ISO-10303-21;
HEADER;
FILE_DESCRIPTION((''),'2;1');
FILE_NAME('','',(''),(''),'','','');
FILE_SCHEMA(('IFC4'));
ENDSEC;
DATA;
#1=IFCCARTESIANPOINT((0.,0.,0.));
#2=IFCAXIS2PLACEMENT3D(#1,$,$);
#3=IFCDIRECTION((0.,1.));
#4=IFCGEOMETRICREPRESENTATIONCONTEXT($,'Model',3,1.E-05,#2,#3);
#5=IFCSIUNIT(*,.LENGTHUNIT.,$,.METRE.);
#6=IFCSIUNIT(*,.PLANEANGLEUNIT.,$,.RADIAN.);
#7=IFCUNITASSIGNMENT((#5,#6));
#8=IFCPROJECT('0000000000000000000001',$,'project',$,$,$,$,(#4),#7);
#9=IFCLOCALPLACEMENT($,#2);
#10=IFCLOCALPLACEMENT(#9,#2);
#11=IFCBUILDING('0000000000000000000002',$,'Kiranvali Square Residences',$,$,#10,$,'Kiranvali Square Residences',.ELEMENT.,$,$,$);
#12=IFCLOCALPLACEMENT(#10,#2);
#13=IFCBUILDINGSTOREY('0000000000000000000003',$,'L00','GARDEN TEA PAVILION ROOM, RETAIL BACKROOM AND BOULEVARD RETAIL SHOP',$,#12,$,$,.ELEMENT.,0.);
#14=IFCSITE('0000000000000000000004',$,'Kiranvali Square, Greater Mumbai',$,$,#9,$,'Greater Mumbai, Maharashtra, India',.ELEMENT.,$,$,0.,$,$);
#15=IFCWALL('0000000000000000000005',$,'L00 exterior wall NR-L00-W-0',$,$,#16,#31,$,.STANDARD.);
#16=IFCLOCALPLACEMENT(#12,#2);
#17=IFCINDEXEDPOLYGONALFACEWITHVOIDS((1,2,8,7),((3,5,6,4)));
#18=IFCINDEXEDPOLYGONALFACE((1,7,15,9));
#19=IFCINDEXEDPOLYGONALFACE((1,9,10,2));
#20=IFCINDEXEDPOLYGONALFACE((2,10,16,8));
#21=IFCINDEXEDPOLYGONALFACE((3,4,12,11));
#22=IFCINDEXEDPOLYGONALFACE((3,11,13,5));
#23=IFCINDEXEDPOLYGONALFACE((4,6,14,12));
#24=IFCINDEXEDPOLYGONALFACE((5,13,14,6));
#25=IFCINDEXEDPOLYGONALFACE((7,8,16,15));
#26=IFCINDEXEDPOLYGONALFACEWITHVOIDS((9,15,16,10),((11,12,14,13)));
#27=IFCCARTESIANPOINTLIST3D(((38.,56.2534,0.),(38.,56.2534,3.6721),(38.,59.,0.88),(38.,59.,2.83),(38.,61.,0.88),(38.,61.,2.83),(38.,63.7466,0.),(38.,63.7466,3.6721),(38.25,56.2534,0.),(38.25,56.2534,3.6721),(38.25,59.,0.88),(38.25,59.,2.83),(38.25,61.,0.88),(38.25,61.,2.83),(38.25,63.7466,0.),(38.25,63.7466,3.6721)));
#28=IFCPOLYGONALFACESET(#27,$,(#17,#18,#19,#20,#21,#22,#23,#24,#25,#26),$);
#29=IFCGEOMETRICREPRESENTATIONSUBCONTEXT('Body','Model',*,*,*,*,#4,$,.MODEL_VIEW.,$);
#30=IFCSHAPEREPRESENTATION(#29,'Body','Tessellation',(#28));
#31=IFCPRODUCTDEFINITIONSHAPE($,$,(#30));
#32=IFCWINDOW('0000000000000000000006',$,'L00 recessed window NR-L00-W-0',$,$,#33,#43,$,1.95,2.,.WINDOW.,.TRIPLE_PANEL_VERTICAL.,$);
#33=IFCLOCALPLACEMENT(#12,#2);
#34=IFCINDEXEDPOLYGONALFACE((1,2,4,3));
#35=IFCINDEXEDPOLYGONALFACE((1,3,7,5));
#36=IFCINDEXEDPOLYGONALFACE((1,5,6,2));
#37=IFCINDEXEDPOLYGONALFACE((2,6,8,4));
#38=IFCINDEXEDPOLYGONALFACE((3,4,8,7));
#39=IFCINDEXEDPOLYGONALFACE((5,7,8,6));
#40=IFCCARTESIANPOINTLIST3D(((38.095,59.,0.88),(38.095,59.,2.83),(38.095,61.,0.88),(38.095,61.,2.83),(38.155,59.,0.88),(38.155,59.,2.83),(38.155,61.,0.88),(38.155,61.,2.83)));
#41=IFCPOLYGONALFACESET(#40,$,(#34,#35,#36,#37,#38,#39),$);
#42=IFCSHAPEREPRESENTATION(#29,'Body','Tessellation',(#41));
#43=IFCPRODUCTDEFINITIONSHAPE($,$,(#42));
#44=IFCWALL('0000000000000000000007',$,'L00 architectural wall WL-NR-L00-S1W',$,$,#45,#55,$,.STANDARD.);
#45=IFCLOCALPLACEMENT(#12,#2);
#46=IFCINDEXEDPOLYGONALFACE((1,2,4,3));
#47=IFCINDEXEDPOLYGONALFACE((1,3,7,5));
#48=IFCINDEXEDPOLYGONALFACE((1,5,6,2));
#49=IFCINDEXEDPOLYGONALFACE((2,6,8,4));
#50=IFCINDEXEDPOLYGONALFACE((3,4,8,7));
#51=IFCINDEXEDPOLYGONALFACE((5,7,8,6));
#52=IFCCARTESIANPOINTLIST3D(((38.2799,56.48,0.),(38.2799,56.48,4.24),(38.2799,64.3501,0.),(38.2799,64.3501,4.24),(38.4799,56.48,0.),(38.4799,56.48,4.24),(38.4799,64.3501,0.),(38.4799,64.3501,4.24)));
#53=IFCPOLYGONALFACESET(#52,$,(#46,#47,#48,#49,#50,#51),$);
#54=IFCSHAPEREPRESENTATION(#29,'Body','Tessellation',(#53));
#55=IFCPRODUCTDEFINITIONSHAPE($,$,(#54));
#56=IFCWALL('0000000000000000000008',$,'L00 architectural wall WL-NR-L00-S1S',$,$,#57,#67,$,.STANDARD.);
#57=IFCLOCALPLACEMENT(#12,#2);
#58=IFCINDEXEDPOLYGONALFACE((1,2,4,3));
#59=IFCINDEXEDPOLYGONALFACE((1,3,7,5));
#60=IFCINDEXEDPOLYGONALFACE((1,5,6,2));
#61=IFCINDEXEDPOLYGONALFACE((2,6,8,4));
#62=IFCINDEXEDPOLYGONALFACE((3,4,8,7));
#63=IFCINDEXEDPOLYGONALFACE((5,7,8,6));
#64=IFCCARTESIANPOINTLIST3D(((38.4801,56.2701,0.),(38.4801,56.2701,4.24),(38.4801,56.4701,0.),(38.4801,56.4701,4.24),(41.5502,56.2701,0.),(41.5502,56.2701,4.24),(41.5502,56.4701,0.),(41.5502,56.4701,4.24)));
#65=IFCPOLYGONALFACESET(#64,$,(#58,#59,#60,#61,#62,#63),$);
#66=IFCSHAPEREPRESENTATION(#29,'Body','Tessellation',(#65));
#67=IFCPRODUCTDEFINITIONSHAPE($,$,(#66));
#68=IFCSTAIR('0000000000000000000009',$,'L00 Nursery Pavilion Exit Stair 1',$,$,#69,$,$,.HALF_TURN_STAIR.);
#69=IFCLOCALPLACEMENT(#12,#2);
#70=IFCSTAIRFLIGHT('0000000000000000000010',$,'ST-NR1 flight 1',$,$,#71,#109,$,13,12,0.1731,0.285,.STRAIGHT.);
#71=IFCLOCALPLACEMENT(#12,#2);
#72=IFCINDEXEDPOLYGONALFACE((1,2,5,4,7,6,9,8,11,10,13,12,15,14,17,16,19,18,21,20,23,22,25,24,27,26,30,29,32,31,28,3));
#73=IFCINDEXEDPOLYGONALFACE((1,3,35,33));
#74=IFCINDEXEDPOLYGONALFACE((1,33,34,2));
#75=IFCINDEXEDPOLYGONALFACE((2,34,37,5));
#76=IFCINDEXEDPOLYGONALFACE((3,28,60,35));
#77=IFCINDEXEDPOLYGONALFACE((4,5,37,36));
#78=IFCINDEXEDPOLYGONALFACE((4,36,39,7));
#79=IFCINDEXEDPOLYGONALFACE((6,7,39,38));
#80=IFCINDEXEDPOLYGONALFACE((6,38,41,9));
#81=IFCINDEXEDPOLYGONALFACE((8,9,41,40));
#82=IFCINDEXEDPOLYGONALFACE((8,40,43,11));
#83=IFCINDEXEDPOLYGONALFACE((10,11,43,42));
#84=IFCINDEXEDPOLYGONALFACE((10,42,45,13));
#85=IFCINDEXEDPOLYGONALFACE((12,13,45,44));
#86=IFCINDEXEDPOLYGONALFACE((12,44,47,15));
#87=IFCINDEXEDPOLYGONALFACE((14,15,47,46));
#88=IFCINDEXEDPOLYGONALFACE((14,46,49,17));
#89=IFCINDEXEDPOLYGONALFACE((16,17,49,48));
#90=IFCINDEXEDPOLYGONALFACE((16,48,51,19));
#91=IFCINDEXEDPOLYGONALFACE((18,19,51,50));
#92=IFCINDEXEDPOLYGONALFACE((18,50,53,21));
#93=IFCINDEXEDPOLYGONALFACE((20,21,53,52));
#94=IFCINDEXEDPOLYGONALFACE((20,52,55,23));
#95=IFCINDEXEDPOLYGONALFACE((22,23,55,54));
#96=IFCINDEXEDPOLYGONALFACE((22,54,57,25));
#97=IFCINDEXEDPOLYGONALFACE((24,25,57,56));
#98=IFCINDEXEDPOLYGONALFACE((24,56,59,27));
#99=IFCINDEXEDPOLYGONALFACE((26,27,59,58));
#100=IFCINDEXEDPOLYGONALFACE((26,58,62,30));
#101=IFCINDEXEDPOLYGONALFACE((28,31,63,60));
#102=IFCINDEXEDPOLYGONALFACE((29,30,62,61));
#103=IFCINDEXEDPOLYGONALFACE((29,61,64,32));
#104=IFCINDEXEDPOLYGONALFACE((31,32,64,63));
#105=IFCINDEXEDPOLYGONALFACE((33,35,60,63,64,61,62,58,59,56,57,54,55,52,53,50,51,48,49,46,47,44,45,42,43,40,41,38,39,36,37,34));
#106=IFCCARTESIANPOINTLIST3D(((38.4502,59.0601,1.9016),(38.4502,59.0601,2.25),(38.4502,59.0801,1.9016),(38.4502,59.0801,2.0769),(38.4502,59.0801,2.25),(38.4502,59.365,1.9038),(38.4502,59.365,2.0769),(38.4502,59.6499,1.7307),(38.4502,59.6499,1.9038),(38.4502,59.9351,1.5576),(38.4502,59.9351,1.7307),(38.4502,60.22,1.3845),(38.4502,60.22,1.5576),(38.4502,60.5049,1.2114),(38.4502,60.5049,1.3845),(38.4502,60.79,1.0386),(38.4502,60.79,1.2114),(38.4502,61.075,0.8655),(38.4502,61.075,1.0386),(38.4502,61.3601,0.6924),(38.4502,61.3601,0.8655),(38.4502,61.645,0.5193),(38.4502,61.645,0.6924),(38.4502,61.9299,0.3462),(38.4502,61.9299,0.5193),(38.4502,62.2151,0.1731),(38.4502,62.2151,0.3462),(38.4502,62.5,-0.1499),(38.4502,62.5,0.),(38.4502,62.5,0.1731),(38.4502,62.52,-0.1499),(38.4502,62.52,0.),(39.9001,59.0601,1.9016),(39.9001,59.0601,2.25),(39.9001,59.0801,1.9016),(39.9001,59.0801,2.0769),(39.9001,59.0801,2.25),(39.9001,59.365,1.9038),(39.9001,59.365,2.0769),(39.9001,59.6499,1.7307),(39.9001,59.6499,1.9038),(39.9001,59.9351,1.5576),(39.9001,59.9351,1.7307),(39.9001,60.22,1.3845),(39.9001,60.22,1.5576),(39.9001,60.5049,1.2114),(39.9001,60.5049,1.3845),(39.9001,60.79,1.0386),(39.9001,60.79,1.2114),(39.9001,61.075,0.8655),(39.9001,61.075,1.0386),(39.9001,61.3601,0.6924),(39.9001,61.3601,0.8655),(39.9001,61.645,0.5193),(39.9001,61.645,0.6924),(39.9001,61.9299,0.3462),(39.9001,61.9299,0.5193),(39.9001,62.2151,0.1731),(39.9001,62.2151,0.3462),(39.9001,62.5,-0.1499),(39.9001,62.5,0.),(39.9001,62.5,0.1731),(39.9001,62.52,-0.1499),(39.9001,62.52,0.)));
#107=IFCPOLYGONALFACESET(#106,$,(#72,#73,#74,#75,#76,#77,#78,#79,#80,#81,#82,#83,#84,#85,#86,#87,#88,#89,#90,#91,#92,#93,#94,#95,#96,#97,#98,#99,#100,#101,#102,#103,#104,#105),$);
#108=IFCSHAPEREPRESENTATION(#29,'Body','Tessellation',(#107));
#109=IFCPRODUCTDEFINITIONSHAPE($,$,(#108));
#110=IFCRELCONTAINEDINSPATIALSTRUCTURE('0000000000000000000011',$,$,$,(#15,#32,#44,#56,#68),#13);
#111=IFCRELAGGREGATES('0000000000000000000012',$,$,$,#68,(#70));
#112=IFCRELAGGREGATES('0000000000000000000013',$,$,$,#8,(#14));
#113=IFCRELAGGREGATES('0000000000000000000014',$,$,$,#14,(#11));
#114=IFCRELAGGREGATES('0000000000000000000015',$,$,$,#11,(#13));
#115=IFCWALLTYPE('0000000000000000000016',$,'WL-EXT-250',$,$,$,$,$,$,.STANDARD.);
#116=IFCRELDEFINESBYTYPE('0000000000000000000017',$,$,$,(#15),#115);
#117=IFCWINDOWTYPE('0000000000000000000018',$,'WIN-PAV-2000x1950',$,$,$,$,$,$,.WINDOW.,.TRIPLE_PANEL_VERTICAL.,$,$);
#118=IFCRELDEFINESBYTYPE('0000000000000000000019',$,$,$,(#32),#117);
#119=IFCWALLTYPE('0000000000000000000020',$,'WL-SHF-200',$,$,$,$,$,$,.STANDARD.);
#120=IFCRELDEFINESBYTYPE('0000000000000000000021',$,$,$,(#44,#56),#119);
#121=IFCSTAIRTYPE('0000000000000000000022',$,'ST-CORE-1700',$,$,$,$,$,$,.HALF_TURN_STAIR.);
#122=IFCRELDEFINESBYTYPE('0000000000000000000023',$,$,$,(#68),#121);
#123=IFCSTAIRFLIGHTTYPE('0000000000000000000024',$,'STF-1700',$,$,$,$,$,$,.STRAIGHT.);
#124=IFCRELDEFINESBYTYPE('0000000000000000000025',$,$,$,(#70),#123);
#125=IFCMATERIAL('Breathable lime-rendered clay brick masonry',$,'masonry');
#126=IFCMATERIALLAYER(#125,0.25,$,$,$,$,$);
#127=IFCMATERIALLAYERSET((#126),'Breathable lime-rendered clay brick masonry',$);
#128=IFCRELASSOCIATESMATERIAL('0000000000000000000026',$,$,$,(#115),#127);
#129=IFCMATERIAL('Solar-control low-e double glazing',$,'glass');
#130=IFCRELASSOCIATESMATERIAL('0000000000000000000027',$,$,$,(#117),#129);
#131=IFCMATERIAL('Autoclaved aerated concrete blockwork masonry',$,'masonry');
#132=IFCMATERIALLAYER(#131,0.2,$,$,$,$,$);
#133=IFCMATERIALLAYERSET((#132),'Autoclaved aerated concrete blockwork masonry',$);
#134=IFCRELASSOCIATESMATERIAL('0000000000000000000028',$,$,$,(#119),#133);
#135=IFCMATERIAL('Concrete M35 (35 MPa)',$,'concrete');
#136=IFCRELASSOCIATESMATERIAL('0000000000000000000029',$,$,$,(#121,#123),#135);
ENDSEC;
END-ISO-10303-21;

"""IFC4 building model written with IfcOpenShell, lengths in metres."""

from ifc_helpers import new_model, si_unit, direction, frame, frame_2d, origin, place, context, subcontext, project, spatial, polyline, rectangle, outline, extrude, material, layer, layer_set, type_object, element, fill, aggregate, save


model = new_model("IFC4")

# Units and contexts
model_context = context("Model", 3, precision=1e-05, world=origin(), true_north=direction((0.0, 1.0)))
body_context = subcontext(model_context, "Body", "Model", "MODEL_VIEW")
ifc_project = project(units=[si_unit("LENGTHUNIT", "METRE"), si_unit("PLANEANGLEUNIT", "RADIAN")], contexts=[model_context])

# Site, building, storey
site_placement = place(None, origin())
site = spatial("IfcSite", under=ifc_project, at=site_placement, Name="Kiranvali Square, Greater Mumbai", LongName="Greater Mumbai, Maharashtra, India", CompositionType="ELEMENT", RefElevation=0.0)
building_placement = place(site_placement, origin())
building = spatial("IfcBuilding", under=site, at=building_placement, Name="Kiranvali Square Residences", LongName="Kiranvali Square Residences", CompositionType="ELEMENT")
storey_placement = place(building_placement, origin())
storey = spatial("IfcBuildingStorey", under=building, at=storey_placement, Name="L00", Description="GARDEN TEA PAVILION ROOM, RETAIL BACKROOM AND BOULEVARD RETAIL SHOP", CompositionType="ELEMENT", Elevation=0.0)

# Wall, opening, window
ifc_material_1 = material(Name="Breathable lime-rendered clay brick masonry", Category="masonry")
ifc_layer_1 = layer(ifc_material_1, 0.25)
ifc_layer_set_1 = layer_set([ifc_layer_1], Name="Breathable lime-rendered clay brick masonry")
wall_type_1 = type_object("IfcWallType", Name="WL-EXT-250", PredefinedType="STANDARD", material=ifc_layer_set_1)
ifc_material_2 = material(Name="Solar-control low-e double glazing", Category="glass")
wall_1_placement = place(storey_placement, frame((38.125, 56.2534, 0.0), z_axis=(0.0, 0.0, 1.0), x_axis=(0.0, 1.0, 0.0)))
wall_1 = element("IfcWall", 1, at=wall_1_placement, inside=storey, type_object=wall_type_1, Name="L00 exterior wall NR-L00-W-0", PredefinedType="STANDARD", context=body_context, shape_type="SweptSolid", body=[
    extrude(rectangle(XDim=7.4932, YDim=0.25, at=frame_2d((3.7466, 0.0))), origin(), (0.0, 0.0, 1.0), 3.6721),
])
opening_1_placement = place(wall_1_placement, frame((2.7466, 0.0, 0.8799)))
opening_1 = element("IfcOpeningElement", 2, at=opening_1_placement, cuts=wall_1, PredefinedType="OPENING", context=body_context, shape_type="SweptSolid", body=[
    extrude(rectangle(XDim=2.0, YDim=1.95, at=frame_2d((1.0, 0.9751))), frame((0.0, 0.135, 0.0), z_axis=(0.0, -1.0, 0.0), x_axis=(1.0, 0.0, 0.0)), (0.0, 0.0, 1.0), 0.27),
])
window_type_1 = type_object("IfcWindowType", Name="WIN-PAV-2000x1950", PartitioningType="TRIPLE_PANEL_VERTICAL", PredefinedType="WINDOW", material=ifc_material_2)
window_1_placement = place(opening_1_placement, origin())
window_1 = element("IfcWindow", 3, at=window_1_placement, inside=storey, type_object=window_type_1, Name="L00 recessed window NR-L00-W-0", OverallHeight=1.95, OverallWidth=2.0, PartitioningType="TRIPLE_PANEL_VERTICAL", PredefinedType="WINDOW", context=body_context, shape_type="SweptSolid", body=[
    extrude(rectangle(XDim=2.0, YDim=1.95, at=frame_2d((1.0, 0.9751))), frame((0.0, 0.03, 0.0), z_axis=(0.0, -1.0, 0.0), x_axis=(1.0, 0.0, 0.0)), (0.0, 0.0, 1.0), 0.0601),
])
fill(opening_1, window_1)

# Walls
ifc_material_3 = material(Name="Autoclaved aerated concrete blockwork masonry", Category="masonry")
ifc_layer_2 = layer(ifc_material_3, 0.2)
ifc_layer_set_2 = layer_set([ifc_layer_2], Name="Autoclaved aerated concrete blockwork masonry")
wall_type_2 = type_object("IfcWallType", Name="WL-SHF-200", PredefinedType="STANDARD", material=ifc_layer_set_2)
wall_2_placement = place(storey_placement, frame((38.3799, 56.48, 0.0), z_axis=(0.0, 0.0, 1.0), x_axis=(0.0, 1.0, 0.0)))
element("IfcWall", 4, at=wall_2_placement, inside=storey, type_object=wall_type_2, Name="L00 architectural wall WL-NR-L00-S1W", PredefinedType="STANDARD", context=body_context, shape_type="SweptSolid", body=[
    extrude(rectangle(XDim=7.8701, YDim=0.2, at=frame_2d((3.9351, 0.0))), origin(), (0.0, 0.0, 1.0), 4.24),
])
wall_3_placement = place(storey_placement, frame((38.48, 56.3701, 0.0), z_axis=(0.0, 0.0, 1.0), x_axis=(1.0, 0.0, 0.0)))
element("IfcWall", 5, at=wall_3_placement, inside=storey, type_object=wall_type_2, Name="L00 architectural wall WL-NR-L00-S1S", PredefinedType="STANDARD", context=body_context, shape_type="SweptSolid", body=[
    extrude(rectangle(XDim=3.0701, YDim=0.2, at=frame_2d((1.5352, 0.0))), origin(), (0.0, 0.0, 1.0), 4.24),
])

# Stair, stair flight
ifc_material_4 = material(Name="Concrete M35 (35 MPa)", Category="concrete")
stair_type = type_object("IfcStairType", Name="ST-CORE-1700", PredefinedType="HALF_TURN_STAIR", material=ifc_material_4)
stair_placement = place(storey_placement, origin())
stair = element("IfcStair", 6, at=stair_placement, inside=storey, type_object=stair_type, Name="L00 Nursery Pavilion Exit Stair 1", PredefinedType="HALF_TURN_STAIR")
stair_flight_type = type_object("IfcStairFlightType", Name="STF-1700", PredefinedType="STRAIGHT", material=ifc_material_4)
stair_flight_placement = place(storey_placement, frame((39.175, 62.5, 0.0), z_axis=(0.0, 0.0, 1.0), x_axis=(0.0, -1.0, 0.0)))
stair_flight = element("IfcStairFlight", 7, at=stair_flight_placement, type_object=stair_flight_type, Name="ST-NR1 flight 1", NumberOfRisers=13, NumberOfTreads=12, PredefinedType="STRAIGHT", RiserHeight=0.1731, TreadLength=0.285, context=body_context, shape_type="SweptSolid", body=[
    extrude(outline(polyline([(-0.02, -0.1499), (-0.02, 0.0), (0.0, 0.0), (0.0, 0.1731), (0.2849, 0.1731), (0.2849, 0.3462), (0.5701, 0.3462), (0.5701, 0.5193), (0.855, 0.5193), (0.855, 0.6924), (1.1399, 0.6924), (1.1399, 0.8655), (1.425, 0.8655), (1.425, 1.0386), (1.71, 1.0386), (1.71, 1.2114), (1.9951, 1.2114), (1.9951, 1.3845), (2.28, 1.3845), (2.28, 1.5576), (2.5649, 1.5576), (2.5649, 1.7307), (2.8501, 1.7307), (2.8501, 1.9038), (3.135, 1.9038), (3.135, 2.0769), (3.4199, 2.0769), (3.4199, 2.25), (3.4399, 2.25), (3.4399, 1.9016), (3.4199, 1.9016), (0.0, -0.1499), (-0.02, -0.1499)])), frame((0.0, 0.7251, 0.0), z_axis=(0.0, -1.0, 0.0), x_axis=(1.0, 0.0, 0.0)), (0.0, 0.0, 1.0), 1.45),
])
aggregate(stair, [stair_flight])

save(model, "model.ifc")
